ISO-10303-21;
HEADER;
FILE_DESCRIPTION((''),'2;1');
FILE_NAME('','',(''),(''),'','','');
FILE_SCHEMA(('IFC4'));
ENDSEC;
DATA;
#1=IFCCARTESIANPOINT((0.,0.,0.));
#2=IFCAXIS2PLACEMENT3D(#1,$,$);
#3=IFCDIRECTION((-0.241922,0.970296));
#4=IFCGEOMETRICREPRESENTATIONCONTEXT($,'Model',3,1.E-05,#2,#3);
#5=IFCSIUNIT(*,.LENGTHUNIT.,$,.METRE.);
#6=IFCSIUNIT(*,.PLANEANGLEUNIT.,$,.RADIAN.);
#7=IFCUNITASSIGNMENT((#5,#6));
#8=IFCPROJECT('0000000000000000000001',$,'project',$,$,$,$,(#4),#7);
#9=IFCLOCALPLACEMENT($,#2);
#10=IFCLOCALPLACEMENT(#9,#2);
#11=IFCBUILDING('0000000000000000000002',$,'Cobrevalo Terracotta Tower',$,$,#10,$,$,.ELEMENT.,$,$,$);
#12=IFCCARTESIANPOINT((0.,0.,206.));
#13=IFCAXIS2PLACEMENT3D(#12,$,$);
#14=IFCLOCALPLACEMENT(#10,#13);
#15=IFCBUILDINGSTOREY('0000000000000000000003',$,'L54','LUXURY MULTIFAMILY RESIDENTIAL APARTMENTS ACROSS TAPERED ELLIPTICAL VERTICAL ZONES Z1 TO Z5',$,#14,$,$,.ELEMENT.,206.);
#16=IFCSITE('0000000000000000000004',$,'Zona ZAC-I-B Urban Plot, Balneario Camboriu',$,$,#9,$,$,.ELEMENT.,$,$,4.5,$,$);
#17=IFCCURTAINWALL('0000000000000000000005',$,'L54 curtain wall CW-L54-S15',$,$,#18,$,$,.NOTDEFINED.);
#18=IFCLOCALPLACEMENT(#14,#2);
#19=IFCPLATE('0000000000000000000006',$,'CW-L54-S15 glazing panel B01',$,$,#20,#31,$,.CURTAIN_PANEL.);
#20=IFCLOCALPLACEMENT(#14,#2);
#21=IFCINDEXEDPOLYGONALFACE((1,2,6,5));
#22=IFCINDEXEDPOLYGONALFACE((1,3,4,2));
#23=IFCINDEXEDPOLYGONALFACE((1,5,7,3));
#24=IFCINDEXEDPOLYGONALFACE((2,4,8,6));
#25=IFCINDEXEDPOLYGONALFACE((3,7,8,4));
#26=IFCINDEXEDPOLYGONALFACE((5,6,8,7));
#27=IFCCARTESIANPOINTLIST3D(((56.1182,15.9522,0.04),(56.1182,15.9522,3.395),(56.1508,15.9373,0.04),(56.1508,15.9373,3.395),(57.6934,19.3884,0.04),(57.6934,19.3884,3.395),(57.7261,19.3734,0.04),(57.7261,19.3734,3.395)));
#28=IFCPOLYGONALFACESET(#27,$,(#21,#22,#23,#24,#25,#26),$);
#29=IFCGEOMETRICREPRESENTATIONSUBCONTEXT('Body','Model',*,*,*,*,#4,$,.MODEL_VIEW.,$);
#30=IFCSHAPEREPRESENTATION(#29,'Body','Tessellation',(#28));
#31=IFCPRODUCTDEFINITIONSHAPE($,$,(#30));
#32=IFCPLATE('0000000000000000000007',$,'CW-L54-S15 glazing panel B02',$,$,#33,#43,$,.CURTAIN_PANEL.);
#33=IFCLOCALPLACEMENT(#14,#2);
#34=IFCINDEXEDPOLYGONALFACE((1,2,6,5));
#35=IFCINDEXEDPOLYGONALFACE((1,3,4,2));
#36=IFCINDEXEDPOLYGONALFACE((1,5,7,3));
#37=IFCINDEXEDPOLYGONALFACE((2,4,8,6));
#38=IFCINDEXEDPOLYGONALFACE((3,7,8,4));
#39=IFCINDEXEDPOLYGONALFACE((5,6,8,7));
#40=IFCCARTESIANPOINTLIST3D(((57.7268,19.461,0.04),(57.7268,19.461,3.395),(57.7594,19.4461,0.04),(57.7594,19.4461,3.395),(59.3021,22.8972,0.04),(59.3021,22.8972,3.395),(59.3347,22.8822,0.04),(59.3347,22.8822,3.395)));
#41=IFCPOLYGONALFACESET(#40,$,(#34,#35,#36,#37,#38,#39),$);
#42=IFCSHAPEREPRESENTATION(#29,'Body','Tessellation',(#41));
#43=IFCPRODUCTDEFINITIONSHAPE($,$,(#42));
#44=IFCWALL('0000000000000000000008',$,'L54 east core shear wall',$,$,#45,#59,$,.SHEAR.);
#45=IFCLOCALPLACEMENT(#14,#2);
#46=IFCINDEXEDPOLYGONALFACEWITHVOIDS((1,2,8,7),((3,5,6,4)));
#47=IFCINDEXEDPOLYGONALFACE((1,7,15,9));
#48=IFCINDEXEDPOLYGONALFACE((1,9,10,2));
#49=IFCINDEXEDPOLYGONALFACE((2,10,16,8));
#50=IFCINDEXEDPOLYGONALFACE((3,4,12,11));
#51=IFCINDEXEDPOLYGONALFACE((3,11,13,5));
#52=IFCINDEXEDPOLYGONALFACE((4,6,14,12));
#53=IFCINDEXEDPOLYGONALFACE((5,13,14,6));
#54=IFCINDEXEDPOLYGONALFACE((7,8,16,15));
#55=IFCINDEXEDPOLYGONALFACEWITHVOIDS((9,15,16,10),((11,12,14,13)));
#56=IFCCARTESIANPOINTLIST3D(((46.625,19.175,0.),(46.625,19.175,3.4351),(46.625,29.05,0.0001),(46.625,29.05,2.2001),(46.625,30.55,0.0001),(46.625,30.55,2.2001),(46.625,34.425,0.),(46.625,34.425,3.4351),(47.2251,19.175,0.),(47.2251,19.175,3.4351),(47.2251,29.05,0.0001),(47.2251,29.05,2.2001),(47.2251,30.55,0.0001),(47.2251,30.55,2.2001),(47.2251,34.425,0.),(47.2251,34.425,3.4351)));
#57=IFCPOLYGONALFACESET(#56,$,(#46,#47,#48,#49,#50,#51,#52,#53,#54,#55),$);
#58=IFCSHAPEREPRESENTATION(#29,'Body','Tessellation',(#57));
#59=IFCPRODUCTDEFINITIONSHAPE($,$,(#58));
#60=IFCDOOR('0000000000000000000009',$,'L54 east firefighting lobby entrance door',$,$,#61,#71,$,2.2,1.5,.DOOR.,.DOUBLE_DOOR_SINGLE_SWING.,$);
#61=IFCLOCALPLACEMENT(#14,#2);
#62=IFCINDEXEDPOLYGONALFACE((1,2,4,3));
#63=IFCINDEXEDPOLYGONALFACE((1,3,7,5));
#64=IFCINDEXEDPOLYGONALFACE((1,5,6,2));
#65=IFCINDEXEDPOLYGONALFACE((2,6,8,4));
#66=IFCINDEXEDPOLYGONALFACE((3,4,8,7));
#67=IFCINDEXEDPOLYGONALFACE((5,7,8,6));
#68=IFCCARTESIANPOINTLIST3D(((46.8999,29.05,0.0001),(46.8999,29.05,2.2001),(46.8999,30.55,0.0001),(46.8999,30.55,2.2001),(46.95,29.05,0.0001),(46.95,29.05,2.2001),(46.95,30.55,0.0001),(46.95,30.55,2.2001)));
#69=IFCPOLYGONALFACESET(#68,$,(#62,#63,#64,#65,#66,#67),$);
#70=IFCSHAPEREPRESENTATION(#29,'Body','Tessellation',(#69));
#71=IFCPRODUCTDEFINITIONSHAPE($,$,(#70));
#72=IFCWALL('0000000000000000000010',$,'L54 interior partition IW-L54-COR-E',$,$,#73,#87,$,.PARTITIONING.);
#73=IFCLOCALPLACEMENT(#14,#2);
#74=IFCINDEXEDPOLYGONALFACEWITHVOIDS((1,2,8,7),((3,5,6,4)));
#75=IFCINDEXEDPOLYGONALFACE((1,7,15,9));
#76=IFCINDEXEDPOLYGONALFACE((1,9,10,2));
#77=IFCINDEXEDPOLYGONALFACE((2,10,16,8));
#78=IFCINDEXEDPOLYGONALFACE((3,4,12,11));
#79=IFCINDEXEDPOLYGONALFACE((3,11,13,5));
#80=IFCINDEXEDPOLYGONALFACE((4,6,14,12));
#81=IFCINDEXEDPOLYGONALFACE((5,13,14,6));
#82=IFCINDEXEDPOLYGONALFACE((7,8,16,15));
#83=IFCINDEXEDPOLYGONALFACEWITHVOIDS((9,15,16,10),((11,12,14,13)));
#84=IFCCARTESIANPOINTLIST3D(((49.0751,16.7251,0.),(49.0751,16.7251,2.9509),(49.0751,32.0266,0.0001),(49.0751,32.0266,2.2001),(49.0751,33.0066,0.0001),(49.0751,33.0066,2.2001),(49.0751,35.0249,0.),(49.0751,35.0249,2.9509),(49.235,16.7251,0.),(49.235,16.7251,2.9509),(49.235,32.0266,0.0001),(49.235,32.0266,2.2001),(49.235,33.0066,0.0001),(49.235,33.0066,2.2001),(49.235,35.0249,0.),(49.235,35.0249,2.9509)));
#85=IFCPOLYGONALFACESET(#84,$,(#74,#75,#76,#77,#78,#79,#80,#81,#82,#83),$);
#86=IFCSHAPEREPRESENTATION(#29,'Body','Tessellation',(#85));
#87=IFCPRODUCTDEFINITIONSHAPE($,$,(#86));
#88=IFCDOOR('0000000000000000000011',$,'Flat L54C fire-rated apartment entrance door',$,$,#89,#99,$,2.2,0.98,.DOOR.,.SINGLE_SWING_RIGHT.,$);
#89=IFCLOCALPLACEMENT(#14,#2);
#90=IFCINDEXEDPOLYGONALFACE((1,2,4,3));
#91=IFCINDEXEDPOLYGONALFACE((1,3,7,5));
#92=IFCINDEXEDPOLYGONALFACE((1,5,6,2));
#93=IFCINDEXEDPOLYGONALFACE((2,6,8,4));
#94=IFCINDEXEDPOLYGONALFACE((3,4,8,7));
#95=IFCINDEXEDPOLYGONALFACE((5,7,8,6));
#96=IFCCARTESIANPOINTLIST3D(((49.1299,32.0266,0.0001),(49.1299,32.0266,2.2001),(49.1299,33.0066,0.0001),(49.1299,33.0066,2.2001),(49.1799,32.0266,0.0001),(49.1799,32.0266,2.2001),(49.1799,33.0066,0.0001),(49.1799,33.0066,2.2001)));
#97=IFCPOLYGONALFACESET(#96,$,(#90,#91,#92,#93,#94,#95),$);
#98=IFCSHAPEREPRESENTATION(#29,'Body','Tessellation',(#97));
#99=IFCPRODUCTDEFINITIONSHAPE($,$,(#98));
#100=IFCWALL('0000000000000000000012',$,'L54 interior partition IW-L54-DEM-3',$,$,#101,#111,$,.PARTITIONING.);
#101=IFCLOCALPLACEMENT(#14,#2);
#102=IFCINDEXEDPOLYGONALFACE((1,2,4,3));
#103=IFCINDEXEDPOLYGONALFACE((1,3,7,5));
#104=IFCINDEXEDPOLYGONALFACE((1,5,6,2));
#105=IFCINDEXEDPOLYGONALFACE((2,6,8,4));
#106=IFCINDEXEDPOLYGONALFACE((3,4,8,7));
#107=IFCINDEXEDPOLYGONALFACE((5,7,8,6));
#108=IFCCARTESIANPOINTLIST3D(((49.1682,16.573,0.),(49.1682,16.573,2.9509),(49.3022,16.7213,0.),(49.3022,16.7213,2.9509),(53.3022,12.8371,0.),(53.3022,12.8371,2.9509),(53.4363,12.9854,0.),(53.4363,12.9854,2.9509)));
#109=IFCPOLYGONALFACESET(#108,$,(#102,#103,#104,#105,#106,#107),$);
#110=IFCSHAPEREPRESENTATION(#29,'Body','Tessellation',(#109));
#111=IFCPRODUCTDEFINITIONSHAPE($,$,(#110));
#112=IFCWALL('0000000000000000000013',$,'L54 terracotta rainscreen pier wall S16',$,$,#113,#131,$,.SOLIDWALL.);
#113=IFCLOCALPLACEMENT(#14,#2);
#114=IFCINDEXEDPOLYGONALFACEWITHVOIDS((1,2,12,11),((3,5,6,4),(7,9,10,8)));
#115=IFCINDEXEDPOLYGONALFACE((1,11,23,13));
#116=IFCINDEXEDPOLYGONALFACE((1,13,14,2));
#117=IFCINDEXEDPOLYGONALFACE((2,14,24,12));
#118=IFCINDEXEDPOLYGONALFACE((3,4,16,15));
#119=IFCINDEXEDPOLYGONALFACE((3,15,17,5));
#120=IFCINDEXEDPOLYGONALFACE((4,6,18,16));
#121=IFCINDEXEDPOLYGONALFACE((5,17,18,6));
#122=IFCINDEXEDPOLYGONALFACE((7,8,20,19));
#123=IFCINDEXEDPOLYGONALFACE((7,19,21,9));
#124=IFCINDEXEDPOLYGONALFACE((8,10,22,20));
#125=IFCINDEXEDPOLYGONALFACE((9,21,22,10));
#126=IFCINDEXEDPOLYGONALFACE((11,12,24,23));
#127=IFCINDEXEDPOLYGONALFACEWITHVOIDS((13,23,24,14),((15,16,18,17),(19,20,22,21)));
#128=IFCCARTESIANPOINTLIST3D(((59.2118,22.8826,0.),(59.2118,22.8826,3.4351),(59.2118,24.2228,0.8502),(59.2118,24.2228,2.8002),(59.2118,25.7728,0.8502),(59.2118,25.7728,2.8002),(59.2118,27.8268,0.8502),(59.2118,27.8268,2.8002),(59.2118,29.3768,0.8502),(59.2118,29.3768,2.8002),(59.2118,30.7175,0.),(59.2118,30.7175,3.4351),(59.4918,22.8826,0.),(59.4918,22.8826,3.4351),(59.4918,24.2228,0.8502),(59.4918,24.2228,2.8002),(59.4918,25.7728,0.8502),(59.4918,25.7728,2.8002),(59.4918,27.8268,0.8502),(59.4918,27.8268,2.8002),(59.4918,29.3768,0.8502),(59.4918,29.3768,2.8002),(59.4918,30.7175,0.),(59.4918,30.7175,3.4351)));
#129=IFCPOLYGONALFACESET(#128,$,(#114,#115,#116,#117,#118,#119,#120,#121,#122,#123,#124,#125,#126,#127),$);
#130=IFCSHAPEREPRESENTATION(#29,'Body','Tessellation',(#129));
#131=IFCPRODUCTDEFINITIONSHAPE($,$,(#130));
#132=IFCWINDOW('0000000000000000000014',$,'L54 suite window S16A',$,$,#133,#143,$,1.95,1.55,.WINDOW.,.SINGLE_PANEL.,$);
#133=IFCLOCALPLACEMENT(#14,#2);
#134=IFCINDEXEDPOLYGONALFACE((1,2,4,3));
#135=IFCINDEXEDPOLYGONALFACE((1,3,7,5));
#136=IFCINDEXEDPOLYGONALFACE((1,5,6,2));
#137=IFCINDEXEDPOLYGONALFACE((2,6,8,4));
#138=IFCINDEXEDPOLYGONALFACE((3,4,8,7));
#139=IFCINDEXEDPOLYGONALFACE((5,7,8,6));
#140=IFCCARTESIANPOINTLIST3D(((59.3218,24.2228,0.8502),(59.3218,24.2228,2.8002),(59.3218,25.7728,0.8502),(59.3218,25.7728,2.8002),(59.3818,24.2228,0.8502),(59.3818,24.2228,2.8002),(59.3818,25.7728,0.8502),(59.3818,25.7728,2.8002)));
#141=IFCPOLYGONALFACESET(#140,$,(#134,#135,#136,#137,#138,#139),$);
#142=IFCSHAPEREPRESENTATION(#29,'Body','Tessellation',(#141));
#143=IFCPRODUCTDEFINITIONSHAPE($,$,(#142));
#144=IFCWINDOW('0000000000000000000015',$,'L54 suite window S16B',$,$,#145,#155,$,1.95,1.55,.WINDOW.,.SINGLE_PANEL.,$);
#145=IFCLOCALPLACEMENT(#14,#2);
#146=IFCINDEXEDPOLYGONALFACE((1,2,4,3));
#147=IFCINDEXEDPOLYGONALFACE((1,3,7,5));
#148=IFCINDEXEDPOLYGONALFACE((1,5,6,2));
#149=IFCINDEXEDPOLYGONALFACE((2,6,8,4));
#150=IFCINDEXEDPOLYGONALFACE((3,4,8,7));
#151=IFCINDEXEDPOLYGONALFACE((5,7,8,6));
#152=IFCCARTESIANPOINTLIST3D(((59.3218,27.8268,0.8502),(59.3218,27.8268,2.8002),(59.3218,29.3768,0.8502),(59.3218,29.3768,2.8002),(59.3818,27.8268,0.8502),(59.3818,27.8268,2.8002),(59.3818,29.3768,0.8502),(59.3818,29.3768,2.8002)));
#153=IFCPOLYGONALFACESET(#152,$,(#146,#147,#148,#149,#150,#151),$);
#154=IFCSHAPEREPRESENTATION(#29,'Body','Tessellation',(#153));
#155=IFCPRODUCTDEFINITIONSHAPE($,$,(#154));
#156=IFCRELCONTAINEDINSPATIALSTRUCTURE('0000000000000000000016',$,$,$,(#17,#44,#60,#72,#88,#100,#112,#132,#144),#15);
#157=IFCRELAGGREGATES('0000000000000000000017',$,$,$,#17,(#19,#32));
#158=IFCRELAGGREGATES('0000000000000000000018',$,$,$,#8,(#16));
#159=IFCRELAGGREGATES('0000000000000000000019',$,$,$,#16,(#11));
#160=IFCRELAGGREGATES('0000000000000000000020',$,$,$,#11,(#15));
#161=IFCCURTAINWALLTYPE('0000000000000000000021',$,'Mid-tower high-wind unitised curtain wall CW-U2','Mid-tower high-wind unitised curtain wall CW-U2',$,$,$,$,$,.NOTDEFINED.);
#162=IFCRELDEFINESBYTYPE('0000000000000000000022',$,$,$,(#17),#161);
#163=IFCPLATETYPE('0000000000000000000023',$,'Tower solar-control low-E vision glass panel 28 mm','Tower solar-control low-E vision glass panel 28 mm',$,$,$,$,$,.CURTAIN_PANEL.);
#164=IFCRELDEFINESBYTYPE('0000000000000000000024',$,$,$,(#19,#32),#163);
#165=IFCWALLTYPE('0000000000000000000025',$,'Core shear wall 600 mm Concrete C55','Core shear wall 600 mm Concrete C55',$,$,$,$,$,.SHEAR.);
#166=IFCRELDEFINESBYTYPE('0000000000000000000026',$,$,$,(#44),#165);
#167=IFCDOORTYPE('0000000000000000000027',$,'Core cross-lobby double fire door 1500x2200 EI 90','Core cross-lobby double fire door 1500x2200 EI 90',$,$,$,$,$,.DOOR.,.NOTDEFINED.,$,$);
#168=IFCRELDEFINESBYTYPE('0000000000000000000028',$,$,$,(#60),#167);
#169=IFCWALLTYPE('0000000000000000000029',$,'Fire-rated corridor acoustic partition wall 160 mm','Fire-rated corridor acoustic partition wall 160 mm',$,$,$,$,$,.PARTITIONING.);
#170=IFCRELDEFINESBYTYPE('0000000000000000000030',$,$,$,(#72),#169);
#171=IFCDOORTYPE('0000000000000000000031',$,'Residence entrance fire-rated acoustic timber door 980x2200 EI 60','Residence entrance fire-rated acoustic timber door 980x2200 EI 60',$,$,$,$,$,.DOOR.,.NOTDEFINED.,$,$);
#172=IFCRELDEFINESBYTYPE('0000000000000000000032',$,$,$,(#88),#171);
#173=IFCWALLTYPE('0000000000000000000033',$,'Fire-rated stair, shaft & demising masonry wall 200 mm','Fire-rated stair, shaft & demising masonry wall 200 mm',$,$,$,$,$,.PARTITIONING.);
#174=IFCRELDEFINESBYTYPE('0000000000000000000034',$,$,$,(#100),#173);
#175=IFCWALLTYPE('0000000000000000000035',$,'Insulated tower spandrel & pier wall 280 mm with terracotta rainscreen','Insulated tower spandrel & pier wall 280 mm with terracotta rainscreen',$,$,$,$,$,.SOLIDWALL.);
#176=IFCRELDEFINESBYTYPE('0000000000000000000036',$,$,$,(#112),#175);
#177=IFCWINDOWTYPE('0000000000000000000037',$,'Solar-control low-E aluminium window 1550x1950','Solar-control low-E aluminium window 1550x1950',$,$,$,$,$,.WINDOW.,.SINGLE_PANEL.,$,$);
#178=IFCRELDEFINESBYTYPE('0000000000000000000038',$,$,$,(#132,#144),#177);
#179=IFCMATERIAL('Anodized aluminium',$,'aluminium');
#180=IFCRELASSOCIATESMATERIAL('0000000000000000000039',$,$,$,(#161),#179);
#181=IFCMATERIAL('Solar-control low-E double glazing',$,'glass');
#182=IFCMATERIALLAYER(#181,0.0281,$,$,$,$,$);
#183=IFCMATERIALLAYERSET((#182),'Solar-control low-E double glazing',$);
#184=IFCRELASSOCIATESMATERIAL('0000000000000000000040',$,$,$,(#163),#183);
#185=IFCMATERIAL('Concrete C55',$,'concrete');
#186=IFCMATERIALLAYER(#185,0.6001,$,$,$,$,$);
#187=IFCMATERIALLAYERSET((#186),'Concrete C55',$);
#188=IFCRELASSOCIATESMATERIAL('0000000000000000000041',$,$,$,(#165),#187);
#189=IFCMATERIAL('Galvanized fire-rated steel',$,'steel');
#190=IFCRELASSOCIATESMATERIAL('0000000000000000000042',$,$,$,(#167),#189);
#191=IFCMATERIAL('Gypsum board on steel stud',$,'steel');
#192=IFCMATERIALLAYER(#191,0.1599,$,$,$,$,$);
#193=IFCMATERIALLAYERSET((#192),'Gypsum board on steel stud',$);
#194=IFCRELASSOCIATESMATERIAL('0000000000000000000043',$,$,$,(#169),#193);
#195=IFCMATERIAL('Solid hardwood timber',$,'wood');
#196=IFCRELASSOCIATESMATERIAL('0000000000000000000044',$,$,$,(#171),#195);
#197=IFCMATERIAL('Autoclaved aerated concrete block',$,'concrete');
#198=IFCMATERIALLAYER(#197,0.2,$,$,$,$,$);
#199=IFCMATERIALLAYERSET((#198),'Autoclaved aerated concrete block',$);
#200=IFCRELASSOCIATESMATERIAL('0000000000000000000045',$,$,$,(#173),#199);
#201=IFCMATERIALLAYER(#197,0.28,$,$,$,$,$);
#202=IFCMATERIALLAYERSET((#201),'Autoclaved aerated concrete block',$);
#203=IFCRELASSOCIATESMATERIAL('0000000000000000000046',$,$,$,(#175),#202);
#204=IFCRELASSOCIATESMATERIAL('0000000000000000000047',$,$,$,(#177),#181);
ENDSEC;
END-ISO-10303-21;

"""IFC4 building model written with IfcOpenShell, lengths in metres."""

from ifc_helpers import new_model, si_unit, direction, frame, frame_2d, origin, origin_2d, place, context, subcontext, project, spatial, rectangle, extrude, source, transform, mapped, material, layer, layer_set, type_object, element, fill, aggregate, save


model = new_model("IFC4")

# Units and contexts
model_context = context("Model", 3, precision=1e-05, world=origin(), true_north=direction((-0.241922, 0.970296)))
body_context = subcontext(model_context, "Body", "Model", "MODEL_VIEW")
ifc_project = project(units=[si_unit("LENGTHUNIT", "METRE"), si_unit("PLANEANGLEUNIT", "RADIAN")], contexts=[model_context])

# Site, building, storey
site_placement = place(None, origin())
site = spatial("IfcSite", under=ifc_project, at=site_placement, Name="Zona ZAC-I-B Urban Plot, Balneario Camboriu", CompositionType="ELEMENT", RefElevation=4.5)
building_placement = place(site_placement, origin())
building = spatial("IfcBuilding", under=site, at=building_placement, Name="Cobrevalo Terracotta Tower", CompositionType="ELEMENT")
storey_placement = place(building_placement, frame((0.0, 0.0, 206.0)))
storey = spatial("IfcBuildingStorey", under=building, at=storey_placement, Name="L54", Description="LUXURY MULTIFAMILY RESIDENTIAL APARTMENTS ACROSS TAPERED ELLIPTICAL VERTICAL ZONES Z1 TO Z5", CompositionType="ELEMENT", Elevation=206.0)

# Curtain wall, plates
ifc_material_1 = material(Name="Anodized aluminium", Category="aluminium")
curtain_wall_type = type_object("IfcCurtainWallType", Name="Mid-tower high-wind unitised curtain wall CW-U2", Description="Mid-tower high-wind unitised curtain wall CW-U2", PredefinedType="NOTDEFINED", material=ifc_material_1)
curtain_wall_placement = place(storey_placement, origin())
curtain_wall = element("IfcCurtainWall", 1, at=curtain_wall_placement, inside=storey, type_object=curtain_wall_type, Name="L54 curtain wall CW-L54-S15", PredefinedType="NOTDEFINED")
ifc_material_2 = material(Name="Solar-control low-E double glazing", Category="glass")
ifc_layer_1 = layer(ifc_material_2, 0.0281)
ifc_layer_set_1 = layer_set([ifc_layer_1], Name="Solar-control low-E double glazing")
plate_type = type_object("IfcPlateType", Name="Tower solar-control low-E vision glass panel 28 mm", Description="Tower solar-control low-E vision glass panel 28 mm", PredefinedType="CURTAIN_PANEL", material=ifc_layer_set_1)
shared_shape_1 = source(origin(), body_context, "Body", "SweptSolid", [
    extrude(rectangle(XDim=3.78, YDim=0.0359, at=origin_2d()), origin(), (0.0, 0.0, 1.0), 3.355),
])
plate_1_placement = place(storey_placement, frame((56.9221, 17.6628, 0.04), z_axis=(0.0, 0.0, 1.0), x_axis=(0.416731, 0.90903, 0.0)))
plate_1 = element("IfcPlate", 2, at=plate_1_placement, type_object=plate_type, Name="CW-L54-S15 glazing panel B01", PredefinedType="CURTAIN_PANEL", context=body_context, shape_type="MappedRepresentation", body=[
    mapped(shared_shape_1, transform((0.0, 0.0, 0.0), scale=1.0)),
])
plate_2_placement = place(storey_placement, frame((58.5308, 21.1716, 0.04), z_axis=(0.0, 0.0, 1.0), x_axis=(0.416731, 0.90903, 0.0)))
plate_2 = element("IfcPlate", 3, at=plate_2_placement, type_object=plate_type, Name="CW-L54-S15 glazing panel B02", PredefinedType="CURTAIN_PANEL", context=body_context, shape_type="MappedRepresentation", body=[
    mapped(shared_shape_1, transform((0.0, 0.0, 0.0), scale=1.0)),
])
aggregate(curtain_wall, [plate_1, plate_2])

# Walls, openings, doors
ifc_material_3 = material(Name="Concrete C55", Category="concrete")
ifc_layer_2 = layer(ifc_material_3, 0.6001)
ifc_layer_set_2 = layer_set([ifc_layer_2], Name="Concrete C55")
wall_type_1 = type_object("IfcWallType", Name="Core shear wall 600 mm Concrete C55", Description="Core shear wall 600 mm Concrete C55", PredefinedType="SHEAR", material=ifc_layer_set_2)
wall_1_placement = place(storey_placement, frame((46.925, 19.175, 0.0), z_axis=(0.0, 0.0, 1.0), x_axis=(0.0, 1.0, 0.0)))
wall_1 = element("IfcWall", 4, at=wall_1_placement, inside=storey, type_object=wall_type_1, Name="L54 east core shear wall", PredefinedType="SHEAR", context=body_context, shape_type="SweptSolid", body=[
    extrude(rectangle(XDim=15.25, YDim=0.6001, at=frame_2d((7.625, 0.0))), origin(), (0.0, 0.0, 1.0), 3.4351),
])
opening_1_placement = place(wall_1_placement, frame((9.875, 0.0, 0.0)))
opening_1 = element("IfcOpeningElement", 5, at=opening_1_placement, cuts=wall_1, PredefinedType="OPENING", context=body_context, shape_type="SweptSolid", body=[
    extrude(rectangle(XDim=1.5, YDim=2.2, at=frame_2d((0.75, 1.1001))), frame((0.0, 0.3101, 0.0), z_axis=(0.0, -1.0, 0.0), x_axis=(1.0, 0.0, 0.0)), (0.0, 0.0, 1.0), 0.6201),
])
ifc_material_4 = material(Name="Galvanized fire-rated steel", Category="steel")
door_type_1 = type_object("IfcDoorType", Name="Core cross-lobby double fire door 1500x2200 EI 90", Description="Core cross-lobby double fire door 1500x2200 EI 90", OperationType="NOTDEFINED", PredefinedType="DOOR", material=ifc_material_4)
shared_shape_2 = source(origin(), body_context, "Body", "SweptSolid", [
    extrude(rectangle(XDim=1.5, YDim=2.2, at=frame_2d((0.75, 1.1001))), frame((0.0, 0.0249, 0.0), z_axis=(0.0, -1.0, 0.0), x_axis=(1.0, 0.0, 0.0)), (0.0, 0.0, 1.0), 0.05),
])
door_1_placement = place(opening_1_placement, frame((1.5, 0.0, 0.0), z_axis=(0.0, 0.0, 1.0), x_axis=(-1.0, 0.0, 0.0)))
door_1 = element("IfcDoor", 6, at=door_1_placement, inside=storey, type_object=door_type_1, Name="L54 east firefighting lobby entrance door", OperationType="DOUBLE_DOOR_SINGLE_SWING", OverallHeight=2.2, OverallWidth=1.5, PredefinedType="DOOR", context=body_context, shape_type="MappedRepresentation", body=[
    mapped(shared_shape_2, transform((0.0, 0.0, 0.0), scale=1.0)),
])
fill(opening_1, door_1)
ifc_material_5 = material(Name="Gypsum board on steel stud", Category="steel")
ifc_layer_3 = layer(ifc_material_5, 0.1599)
ifc_layer_set_3 = layer_set([ifc_layer_3], Name="Gypsum board on steel stud")
wall_type_2 = type_object("IfcWallType", Name="Fire-rated corridor acoustic partition wall 160 mm", Description="Fire-rated corridor acoustic partition wall 160 mm", PredefinedType="PARTITIONING", material=ifc_layer_set_3)
wall_2_placement = place(storey_placement, frame((49.155, 16.7251, 0.0), z_axis=(0.0, 0.0, 1.0), x_axis=(0.0, 1.0, 0.0)))
wall_2 = element("IfcWall", 7, at=wall_2_placement, inside=storey, type_object=wall_type_2, Name="L54 interior partition IW-L54-COR-E", PredefinedType="PARTITIONING", context=body_context, shape_type="SweptSolid", body=[
    extrude(rectangle(XDim=18.2998, YDim=0.1599, at=frame_2d((9.1499, 0.0))), origin(), (0.0, 0.0, 1.0), 2.9509),
])
opening_2_placement = place(wall_2_placement, frame((15.3015, 0.0, 0.0)))
opening_2 = element("IfcOpeningElement", 8, at=opening_2_placement, cuts=wall_2, PredefinedType="OPENING", context=body_context, shape_type="SweptSolid", body=[
    extrude(rectangle(XDim=0.98, YDim=2.2, at=frame_2d((0.49, 1.1001))), frame((0.0, 0.0898, 0.0), z_axis=(0.0, -1.0, 0.0), x_axis=(1.0, 0.0, 0.0)), (0.0, 0.0, 1.0), 0.1799),
])
ifc_material_6 = material(Name="Solid hardwood timber", Category="wood")
door_type_2 = type_object("IfcDoorType", Name="Residence entrance fire-rated acoustic timber door 980x2200 EI 60", Description="Residence entrance fire-rated acoustic timber door 980x2200 EI 60", OperationType="NOTDEFINED", PredefinedType="DOOR", material=ifc_material_6)
shared_shape_3 = source(origin(), body_context, "Body", "SweptSolid", [
    extrude(rectangle(XDim=0.98, YDim=2.2, at=frame_2d((0.49, 1.1001))), frame((0.0, 0.0249, 0.0), z_axis=(0.0, -1.0, 0.0), x_axis=(1.0, 0.0, 0.0)), (0.0, 0.0, 1.0), 0.05),
])
door_2_placement = place(opening_2_placement, frame((0.98, 0.0, 0.0), z_axis=(0.0, 0.0, 1.0), x_axis=(-1.0, 0.0, 0.0)))
door_2 = element("IfcDoor", 9, at=door_2_placement, inside=storey, type_object=door_type_2, Name="Flat L54C fire-rated apartment entrance door", OperationType="SINGLE_SWING_RIGHT", OverallHeight=2.2, OverallWidth=0.98, PredefinedType="DOOR", context=body_context, shape_type="MappedRepresentation", body=[
    mapped(shared_shape_3, transform((0.0, 0.0, 0.0), scale=1.0)),
])
fill(opening_2, door_2)

# Wall
ifc_material_7 = material(Name="Autoclaved aerated concrete block", Category="concrete")
ifc_layer_4 = layer(ifc_material_7, 0.2)
ifc_layer_set_4 = layer_set([ifc_layer_4], Name="Autoclaved aerated concrete block")
wall_type_3 = type_object("IfcWallType", Name="Fire-rated stair, shaft & demising masonry wall 200 mm", Description="Fire-rated stair, shaft & demising masonry wall 200 mm", PredefinedType="PARTITIONING", material=ifc_layer_set_4)
wall_3_placement = place(storey_placement, frame((49.2351, 16.6472, 0.0), z_axis=(0.0, 0.0, 1.0), x_axis=(0.741935, -0.670471, 0.0)))
element("IfcWall", 10, at=wall_3_placement, inside=storey, type_object=wall_type_3, Name="L54 interior partition IW-L54-DEM-3", PredefinedType="PARTITIONING", context=body_context, shape_type="SweptSolid", body=[
    extrude(rectangle(XDim=5.572, YDim=0.2, at=frame_2d((2.7861, 0.0))), origin(), (0.0, 0.0, 1.0), 2.9509),
])

# Wall, openings, windows
ifc_layer_5 = layer(ifc_material_7, 0.28)
ifc_layer_set_5 = layer_set([ifc_layer_5], Name="Autoclaved aerated concrete block")
wall_type_4 = type_object("IfcWallType", Name="Insulated tower spandrel & pier wall 280 mm with terracotta rainscreen", Description="Insulated tower spandrel & pier wall 280 mm with terracotta rainscreen", PredefinedType="SOLIDWALL", material=ifc_layer_set_5)
wall_4_placement = place(storey_placement, frame((59.3518, 22.8826, 0.0), z_axis=(0.0, 0.0, 1.0), x_axis=(0.0, 1.0, 0.0)))
wall_4 = element("IfcWall", 11, at=wall_4_placement, inside=storey, type_object=wall_type_4, Name="L54 terracotta rainscreen pier wall S16", PredefinedType="SOLIDWALL", context=body_context, shape_type="SweptSolid", body=[
    extrude(rectangle(XDim=7.835, YDim=0.28, at=frame_2d((3.9175, 0.0))), origin(), (0.0, 0.0, 1.0), 3.4351),
])
opening_3_placement = place(wall_4_placement, frame((1.3403, 0.0, 0.8501)))
opening_3 = element("IfcOpeningElement", 12, at=opening_3_placement, cuts=wall_4, PredefinedType="OPENING", context=body_context, shape_type="SweptSolid", body=[
    extrude(rectangle(XDim=1.55, YDim=1.95, at=frame_2d((0.7749, 0.9751))), frame((0.0, 0.1499, 0.0), z_axis=(0.0, -1.0, 0.0), x_axis=(1.0, 0.0, 0.0)), (0.0, 0.0, 1.0), 0.3),
])
opening_4_placement = place(wall_4_placement, frame((4.9443, 0.0, 0.8501)))
opening_4 = element("IfcOpeningElement", 13, at=opening_4_placement, cuts=wall_4, PredefinedType="OPENING", context=body_context, shape_type="SweptSolid", body=[
    extrude(rectangle(XDim=1.55, YDim=1.95, at=frame_2d((0.7749, 0.9751))), frame((0.0, 0.1499, 0.0), z_axis=(0.0, -1.0, 0.0), x_axis=(1.0, 0.0, 0.0)), (0.0, 0.0, 1.0), 0.3),
])
window_type = type_object("IfcWindowType", Name="Solar-control low-E aluminium window 1550x1950", Description="Solar-control low-E aluminium window 1550x1950", PartitioningType="SINGLE_PANEL", PredefinedType="WINDOW", material=ifc_material_2)
shared_shape_4 = source(origin(), body_context, "Body", "SweptSolid", [
    extrude(rectangle(XDim=1.55, YDim=1.95, at=frame_2d((0.7749, 0.9751))), frame((0.0, 0.03, 0.0), z_axis=(0.0, -1.0, 0.0), x_axis=(1.0, 0.0, 0.0)), (0.0, 0.0, 1.0), 0.0601),
])
window_1_placement = place(opening_3_placement, origin())
window_1 = element("IfcWindow", 14, at=window_1_placement, inside=storey, type_object=window_type, Name="L54 suite window S16A", OverallHeight=1.95, OverallWidth=1.55, PartitioningType="SINGLE_PANEL", PredefinedType="WINDOW", context=body_context, shape_type="MappedRepresentation", body=[
    mapped(shared_shape_4, transform((0.0, 0.0, 0.0), scale=1.0)),
])
fill(opening_3, window_1)
window_2_placement = place(opening_4_placement, origin())
window_2 = element("IfcWindow", 15, at=window_2_placement, inside=storey, type_object=window_type, Name="L54 suite window S16B", OverallHeight=1.95, OverallWidth=1.55, PartitioningType="SINGLE_PANEL", PredefinedType="WINDOW", context=body_context, shape_type="MappedRepresentation", body=[
    mapped(shared_shape_4, transform((0.0, 0.0, 0.0), scale=1.0)),
])
fill(opening_4, window_2)

save(model, "model.ifc")
